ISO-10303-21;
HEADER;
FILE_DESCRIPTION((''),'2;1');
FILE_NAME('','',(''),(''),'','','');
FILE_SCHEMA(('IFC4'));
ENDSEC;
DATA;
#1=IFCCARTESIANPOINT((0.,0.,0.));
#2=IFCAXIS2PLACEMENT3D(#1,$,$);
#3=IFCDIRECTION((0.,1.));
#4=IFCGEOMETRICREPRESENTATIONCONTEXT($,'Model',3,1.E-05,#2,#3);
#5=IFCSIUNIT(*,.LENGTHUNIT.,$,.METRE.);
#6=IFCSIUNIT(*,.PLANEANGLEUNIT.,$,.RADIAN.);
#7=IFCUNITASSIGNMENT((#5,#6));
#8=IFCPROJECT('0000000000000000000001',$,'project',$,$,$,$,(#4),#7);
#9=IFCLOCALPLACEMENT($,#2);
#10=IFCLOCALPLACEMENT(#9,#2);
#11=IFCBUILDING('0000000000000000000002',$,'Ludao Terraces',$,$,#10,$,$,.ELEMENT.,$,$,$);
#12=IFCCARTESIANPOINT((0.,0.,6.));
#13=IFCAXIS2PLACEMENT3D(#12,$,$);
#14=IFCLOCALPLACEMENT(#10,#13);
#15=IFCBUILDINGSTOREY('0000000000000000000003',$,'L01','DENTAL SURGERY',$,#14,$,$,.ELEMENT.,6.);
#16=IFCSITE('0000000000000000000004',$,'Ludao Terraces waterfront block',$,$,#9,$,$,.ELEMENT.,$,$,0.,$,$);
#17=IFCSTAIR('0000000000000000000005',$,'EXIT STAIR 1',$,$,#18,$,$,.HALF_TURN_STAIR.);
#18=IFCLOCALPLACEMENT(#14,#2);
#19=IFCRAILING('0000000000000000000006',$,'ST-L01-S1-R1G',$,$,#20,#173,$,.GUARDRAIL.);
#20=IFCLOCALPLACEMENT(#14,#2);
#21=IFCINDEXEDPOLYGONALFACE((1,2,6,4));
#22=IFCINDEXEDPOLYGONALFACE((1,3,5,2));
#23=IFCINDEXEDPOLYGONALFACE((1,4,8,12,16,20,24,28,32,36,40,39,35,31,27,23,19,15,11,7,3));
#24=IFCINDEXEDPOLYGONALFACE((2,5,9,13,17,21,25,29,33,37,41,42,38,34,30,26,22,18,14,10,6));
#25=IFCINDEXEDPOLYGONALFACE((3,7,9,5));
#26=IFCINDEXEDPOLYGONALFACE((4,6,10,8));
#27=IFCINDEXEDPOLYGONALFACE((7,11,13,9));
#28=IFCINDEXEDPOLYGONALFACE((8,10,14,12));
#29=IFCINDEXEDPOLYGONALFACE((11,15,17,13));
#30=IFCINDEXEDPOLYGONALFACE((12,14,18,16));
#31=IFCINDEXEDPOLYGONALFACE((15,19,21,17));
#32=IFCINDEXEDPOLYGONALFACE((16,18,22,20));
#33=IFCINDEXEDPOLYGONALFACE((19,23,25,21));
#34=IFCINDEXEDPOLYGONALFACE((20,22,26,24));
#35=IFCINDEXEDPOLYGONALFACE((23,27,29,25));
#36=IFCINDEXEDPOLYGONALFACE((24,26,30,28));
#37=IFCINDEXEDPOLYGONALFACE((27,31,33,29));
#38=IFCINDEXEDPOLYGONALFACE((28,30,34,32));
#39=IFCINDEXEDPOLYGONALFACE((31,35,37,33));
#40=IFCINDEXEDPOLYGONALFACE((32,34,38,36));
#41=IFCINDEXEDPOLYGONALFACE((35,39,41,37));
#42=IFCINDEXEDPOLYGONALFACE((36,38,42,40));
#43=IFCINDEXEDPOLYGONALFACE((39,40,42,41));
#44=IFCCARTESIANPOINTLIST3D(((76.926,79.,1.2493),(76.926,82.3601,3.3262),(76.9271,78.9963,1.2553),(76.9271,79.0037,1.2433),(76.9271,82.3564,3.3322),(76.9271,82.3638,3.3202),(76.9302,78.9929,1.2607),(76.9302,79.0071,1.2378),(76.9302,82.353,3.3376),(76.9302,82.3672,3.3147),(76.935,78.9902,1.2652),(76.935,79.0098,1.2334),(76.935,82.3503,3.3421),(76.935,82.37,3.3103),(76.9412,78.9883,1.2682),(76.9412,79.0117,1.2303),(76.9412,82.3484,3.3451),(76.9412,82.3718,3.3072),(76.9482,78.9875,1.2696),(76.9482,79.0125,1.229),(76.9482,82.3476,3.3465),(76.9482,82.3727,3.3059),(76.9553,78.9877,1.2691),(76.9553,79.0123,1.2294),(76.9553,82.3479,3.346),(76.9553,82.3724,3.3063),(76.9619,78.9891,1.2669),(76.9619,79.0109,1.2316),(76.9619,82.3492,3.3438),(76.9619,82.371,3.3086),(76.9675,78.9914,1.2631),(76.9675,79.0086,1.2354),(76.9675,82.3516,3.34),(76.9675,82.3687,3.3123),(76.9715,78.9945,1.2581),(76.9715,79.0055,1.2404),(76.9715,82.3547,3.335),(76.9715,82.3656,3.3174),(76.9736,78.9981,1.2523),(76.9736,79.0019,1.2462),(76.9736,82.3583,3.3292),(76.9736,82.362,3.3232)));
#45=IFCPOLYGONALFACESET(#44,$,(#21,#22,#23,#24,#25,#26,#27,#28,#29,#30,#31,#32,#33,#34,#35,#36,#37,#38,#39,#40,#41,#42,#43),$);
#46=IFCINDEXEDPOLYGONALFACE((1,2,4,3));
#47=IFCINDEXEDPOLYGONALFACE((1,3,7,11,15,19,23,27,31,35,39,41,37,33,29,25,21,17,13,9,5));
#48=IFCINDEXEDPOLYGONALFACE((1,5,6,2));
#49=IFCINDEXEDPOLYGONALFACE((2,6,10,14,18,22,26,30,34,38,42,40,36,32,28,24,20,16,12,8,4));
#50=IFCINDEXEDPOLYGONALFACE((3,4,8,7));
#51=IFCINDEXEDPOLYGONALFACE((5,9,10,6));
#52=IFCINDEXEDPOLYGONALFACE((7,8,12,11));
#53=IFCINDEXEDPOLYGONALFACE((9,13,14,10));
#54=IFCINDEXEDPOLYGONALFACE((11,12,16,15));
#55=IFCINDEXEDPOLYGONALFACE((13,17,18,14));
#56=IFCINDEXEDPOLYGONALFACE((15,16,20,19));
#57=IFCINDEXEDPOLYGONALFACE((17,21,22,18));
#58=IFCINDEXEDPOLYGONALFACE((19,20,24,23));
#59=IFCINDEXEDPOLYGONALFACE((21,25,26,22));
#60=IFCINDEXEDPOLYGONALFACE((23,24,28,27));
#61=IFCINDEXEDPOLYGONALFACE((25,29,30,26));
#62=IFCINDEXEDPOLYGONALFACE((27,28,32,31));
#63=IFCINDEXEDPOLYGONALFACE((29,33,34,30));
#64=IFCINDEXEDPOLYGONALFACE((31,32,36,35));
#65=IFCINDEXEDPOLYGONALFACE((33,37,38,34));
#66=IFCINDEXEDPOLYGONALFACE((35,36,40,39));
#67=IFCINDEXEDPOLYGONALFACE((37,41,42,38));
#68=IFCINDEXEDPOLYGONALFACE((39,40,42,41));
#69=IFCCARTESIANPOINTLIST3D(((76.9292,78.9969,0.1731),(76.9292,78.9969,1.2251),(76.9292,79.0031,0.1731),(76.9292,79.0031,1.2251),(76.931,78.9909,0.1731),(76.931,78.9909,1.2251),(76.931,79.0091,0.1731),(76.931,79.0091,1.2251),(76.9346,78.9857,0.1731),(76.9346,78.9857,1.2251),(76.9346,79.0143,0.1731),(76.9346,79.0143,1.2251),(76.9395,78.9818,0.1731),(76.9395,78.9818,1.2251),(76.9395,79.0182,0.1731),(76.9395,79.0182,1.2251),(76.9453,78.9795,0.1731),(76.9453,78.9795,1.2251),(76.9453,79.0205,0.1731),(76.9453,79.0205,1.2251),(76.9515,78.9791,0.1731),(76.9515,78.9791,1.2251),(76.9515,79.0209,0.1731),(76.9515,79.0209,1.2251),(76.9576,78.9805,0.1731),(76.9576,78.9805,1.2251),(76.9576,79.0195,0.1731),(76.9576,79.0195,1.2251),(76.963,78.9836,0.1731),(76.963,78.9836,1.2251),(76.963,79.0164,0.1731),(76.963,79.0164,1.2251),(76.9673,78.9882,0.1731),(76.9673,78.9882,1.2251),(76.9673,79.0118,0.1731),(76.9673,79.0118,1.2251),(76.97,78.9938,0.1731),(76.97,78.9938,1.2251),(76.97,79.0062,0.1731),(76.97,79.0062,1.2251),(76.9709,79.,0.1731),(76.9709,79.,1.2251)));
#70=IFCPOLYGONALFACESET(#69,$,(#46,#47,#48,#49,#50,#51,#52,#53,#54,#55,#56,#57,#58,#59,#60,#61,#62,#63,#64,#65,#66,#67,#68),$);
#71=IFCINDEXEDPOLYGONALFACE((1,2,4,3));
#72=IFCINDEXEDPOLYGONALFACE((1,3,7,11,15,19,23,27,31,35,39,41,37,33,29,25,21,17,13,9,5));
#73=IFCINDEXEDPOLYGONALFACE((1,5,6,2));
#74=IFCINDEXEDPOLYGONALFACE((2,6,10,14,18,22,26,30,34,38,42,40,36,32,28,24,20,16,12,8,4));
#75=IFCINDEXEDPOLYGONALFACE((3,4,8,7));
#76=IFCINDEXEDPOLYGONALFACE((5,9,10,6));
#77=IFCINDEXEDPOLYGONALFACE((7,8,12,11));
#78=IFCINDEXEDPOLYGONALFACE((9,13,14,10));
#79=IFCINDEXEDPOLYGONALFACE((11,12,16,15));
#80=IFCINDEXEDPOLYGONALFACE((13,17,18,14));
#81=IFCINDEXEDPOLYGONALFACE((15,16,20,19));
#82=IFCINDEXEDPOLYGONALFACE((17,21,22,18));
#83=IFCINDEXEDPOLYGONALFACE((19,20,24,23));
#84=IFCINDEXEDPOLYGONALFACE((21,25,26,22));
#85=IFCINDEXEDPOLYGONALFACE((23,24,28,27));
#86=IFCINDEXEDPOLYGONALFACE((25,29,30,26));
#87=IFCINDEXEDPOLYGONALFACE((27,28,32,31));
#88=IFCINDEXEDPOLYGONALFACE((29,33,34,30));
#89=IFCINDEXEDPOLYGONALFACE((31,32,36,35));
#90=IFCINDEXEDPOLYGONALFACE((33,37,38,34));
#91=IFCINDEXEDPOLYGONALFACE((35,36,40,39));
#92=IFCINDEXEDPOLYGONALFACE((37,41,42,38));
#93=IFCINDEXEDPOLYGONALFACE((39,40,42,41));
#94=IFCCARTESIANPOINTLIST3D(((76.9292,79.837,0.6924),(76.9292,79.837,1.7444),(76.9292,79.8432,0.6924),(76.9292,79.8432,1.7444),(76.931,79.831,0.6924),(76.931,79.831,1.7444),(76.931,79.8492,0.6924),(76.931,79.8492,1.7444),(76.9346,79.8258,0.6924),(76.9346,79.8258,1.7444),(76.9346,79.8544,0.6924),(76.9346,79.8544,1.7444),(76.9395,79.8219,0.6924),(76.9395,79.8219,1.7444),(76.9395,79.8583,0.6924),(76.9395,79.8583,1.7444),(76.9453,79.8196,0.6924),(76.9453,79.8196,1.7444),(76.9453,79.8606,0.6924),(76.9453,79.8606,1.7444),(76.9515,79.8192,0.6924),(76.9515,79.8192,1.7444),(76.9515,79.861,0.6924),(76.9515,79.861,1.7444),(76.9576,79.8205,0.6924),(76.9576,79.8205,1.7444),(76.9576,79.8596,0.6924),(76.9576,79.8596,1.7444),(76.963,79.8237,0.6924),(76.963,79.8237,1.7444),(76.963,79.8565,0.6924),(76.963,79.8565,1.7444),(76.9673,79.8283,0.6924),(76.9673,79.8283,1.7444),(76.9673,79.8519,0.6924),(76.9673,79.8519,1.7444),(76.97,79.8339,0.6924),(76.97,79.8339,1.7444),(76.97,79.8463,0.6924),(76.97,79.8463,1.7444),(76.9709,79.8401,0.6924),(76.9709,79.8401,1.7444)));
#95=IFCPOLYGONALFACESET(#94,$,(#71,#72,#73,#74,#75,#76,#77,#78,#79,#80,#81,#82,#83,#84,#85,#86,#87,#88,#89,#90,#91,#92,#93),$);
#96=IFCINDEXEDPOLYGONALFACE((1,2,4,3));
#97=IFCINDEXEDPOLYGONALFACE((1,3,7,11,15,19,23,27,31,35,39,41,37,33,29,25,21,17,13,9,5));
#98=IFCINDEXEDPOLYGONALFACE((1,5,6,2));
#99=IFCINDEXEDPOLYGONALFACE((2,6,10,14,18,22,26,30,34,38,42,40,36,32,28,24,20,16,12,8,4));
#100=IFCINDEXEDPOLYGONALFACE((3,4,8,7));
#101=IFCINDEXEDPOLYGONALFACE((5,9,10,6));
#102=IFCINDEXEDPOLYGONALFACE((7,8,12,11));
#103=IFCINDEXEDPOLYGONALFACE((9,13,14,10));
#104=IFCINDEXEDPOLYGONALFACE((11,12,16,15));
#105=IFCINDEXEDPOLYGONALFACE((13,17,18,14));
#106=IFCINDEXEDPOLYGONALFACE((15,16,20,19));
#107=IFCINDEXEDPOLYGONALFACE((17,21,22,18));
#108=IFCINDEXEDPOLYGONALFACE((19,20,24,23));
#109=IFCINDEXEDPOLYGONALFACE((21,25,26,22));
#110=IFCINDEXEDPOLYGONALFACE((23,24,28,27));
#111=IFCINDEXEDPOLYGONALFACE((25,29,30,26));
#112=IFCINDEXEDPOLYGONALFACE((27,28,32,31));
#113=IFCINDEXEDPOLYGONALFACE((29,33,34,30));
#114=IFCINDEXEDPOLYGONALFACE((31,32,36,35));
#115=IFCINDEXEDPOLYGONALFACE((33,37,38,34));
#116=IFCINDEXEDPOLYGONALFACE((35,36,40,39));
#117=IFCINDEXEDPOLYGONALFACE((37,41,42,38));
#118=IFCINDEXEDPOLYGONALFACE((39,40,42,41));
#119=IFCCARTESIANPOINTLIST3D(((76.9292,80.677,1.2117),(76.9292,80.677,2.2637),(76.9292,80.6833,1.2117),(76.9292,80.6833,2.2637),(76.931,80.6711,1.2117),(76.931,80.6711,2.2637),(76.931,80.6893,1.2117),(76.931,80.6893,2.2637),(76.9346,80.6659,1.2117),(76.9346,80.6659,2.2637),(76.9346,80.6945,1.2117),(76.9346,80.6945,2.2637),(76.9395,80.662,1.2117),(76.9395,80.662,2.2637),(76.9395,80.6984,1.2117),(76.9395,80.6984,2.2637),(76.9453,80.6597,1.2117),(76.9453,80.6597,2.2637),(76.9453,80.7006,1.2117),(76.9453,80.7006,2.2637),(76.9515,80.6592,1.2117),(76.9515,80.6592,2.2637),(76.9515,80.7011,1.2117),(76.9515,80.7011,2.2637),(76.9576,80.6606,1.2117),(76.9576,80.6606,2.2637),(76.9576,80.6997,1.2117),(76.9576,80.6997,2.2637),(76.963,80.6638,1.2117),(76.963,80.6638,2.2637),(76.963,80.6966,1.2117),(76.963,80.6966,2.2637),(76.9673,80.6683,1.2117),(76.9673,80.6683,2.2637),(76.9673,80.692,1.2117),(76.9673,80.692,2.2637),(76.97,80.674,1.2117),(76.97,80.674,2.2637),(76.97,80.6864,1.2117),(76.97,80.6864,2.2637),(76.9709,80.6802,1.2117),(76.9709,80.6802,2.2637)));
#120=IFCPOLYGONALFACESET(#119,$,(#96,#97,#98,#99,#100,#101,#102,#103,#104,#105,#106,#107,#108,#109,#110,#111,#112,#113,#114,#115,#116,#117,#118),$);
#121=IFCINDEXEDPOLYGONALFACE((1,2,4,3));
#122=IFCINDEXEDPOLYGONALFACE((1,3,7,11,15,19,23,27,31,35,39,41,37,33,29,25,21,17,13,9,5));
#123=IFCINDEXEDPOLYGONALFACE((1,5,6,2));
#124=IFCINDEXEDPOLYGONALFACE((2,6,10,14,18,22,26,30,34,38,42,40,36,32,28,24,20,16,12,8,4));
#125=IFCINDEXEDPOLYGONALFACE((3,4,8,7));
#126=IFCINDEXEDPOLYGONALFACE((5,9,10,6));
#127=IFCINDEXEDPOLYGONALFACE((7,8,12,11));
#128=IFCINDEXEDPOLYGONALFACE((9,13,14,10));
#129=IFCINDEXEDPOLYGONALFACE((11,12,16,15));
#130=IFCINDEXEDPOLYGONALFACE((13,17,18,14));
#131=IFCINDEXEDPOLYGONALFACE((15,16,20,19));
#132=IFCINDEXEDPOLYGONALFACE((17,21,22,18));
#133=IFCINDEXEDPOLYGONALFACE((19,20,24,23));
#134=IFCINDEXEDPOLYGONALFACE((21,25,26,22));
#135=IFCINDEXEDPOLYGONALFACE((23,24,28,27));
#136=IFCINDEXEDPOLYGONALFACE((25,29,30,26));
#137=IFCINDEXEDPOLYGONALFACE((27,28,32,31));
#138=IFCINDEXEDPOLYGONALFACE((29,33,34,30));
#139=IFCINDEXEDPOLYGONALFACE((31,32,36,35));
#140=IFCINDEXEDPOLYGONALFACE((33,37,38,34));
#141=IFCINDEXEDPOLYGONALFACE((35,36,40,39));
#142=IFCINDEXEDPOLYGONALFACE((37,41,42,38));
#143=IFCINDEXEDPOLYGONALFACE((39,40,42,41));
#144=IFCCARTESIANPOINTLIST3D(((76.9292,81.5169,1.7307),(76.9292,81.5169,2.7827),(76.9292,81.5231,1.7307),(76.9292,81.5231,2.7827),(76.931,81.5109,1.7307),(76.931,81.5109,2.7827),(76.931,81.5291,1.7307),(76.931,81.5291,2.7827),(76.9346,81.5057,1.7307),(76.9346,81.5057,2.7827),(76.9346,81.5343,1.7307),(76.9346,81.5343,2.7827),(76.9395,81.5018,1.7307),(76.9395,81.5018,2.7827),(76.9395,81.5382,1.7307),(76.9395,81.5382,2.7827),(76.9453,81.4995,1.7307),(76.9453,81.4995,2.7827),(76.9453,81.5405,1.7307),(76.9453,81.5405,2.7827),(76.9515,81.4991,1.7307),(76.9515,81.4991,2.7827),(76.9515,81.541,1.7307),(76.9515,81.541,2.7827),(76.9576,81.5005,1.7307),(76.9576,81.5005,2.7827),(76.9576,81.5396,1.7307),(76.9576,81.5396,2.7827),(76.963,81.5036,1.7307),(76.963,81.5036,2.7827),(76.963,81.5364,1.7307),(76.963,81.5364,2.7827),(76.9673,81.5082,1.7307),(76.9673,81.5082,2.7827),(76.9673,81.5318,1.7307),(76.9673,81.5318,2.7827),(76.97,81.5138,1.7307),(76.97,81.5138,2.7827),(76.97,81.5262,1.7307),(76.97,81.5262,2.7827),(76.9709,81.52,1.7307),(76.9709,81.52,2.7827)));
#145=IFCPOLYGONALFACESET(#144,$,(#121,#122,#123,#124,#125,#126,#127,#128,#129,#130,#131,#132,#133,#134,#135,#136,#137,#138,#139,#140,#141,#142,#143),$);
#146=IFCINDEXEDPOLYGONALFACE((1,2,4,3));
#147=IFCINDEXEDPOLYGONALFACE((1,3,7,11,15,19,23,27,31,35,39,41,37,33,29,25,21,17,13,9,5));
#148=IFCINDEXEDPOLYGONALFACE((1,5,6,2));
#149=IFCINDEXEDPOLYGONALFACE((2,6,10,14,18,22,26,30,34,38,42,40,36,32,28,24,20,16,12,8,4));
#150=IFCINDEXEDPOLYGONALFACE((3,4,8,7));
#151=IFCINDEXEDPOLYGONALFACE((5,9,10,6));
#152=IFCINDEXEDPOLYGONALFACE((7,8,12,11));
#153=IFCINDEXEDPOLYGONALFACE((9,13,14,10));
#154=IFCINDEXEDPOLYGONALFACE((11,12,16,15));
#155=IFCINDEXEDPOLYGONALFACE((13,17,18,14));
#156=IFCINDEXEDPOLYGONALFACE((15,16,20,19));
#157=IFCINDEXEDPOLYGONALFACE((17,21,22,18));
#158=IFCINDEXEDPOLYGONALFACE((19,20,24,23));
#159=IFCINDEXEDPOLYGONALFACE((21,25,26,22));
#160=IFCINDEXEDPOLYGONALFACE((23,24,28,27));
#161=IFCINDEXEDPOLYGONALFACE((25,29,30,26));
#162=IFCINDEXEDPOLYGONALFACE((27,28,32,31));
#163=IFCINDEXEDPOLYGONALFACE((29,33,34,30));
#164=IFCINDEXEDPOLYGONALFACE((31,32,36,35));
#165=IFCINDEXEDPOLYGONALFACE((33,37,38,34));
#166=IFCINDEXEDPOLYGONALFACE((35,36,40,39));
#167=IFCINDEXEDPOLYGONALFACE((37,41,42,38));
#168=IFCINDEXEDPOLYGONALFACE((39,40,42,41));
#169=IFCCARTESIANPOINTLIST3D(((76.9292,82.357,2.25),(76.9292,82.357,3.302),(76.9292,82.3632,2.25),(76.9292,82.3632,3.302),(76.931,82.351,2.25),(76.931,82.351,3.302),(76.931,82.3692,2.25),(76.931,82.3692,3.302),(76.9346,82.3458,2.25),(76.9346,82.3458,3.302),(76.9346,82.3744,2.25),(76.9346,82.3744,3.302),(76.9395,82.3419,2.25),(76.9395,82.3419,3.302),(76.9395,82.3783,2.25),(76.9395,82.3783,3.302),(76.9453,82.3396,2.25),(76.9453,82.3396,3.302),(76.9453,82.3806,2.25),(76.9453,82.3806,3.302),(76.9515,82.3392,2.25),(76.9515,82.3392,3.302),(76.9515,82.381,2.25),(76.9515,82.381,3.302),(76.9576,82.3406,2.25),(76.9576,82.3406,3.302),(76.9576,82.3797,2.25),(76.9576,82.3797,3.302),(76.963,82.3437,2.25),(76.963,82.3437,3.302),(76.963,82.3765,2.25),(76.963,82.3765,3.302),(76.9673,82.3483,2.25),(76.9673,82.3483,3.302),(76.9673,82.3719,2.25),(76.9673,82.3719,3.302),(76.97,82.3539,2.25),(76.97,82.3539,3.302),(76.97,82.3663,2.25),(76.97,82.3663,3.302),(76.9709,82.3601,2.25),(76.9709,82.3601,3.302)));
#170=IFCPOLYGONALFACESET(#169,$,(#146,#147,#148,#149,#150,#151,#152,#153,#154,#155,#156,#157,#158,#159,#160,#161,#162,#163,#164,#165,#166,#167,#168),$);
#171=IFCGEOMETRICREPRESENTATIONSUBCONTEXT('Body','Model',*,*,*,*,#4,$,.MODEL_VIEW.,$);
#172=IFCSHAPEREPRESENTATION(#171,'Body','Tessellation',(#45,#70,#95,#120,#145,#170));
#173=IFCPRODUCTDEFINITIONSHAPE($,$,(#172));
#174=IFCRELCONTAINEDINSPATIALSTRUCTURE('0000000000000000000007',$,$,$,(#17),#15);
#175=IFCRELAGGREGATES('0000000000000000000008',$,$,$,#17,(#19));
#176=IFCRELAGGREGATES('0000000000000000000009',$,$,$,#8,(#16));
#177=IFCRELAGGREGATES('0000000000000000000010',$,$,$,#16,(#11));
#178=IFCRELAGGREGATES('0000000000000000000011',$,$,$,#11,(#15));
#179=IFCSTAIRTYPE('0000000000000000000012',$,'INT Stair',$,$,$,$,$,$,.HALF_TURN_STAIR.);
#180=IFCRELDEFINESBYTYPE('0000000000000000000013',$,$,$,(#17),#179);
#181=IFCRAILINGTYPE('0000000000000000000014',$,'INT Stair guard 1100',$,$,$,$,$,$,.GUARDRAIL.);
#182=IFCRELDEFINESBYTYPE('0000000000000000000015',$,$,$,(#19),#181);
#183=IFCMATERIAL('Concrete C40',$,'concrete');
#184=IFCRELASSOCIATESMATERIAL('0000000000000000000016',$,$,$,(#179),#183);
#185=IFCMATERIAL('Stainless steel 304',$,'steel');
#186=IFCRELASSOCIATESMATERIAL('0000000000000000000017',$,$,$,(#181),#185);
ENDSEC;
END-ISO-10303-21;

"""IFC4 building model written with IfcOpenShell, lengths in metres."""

from ifc_helpers import new_model, si_unit, direction, frame, origin, origin_2d, place, context, subcontext, project, spatial, circle, extrude, material, type_object, element, aggregate, save


model = new_model("IFC4")

# Units and contexts
model_context = context("Model", 3, precision=1e-05, world=origin(), true_north=direction((0.0, 1.0)))
body_context = subcontext(model_context, "Body", "Model", "MODEL_VIEW")
ifc_project = project(units=[si_unit("LENGTHUNIT", "METRE"), si_unit("PLANEANGLEUNIT", "RADIAN")], contexts=[model_context])

# Site, building, storey
site_placement = place(None, origin())
site = spatial("IfcSite", under=ifc_project, at=site_placement, Name="Ludao Terraces waterfront block", CompositionType="ELEMENT", RefElevation=0.0)
building_placement = place(site_placement, origin())
building = spatial("IfcBuilding", under=site, at=building_placement, Name="Ludao Terraces", CompositionType="ELEMENT")
storey_placement = place(building_placement, frame((0.0, 0.0, 6.0)))
storey = spatial("IfcBuildingStorey", under=building, at=storey_placement, Name="L01", Description="DENTAL SURGERY", CompositionType="ELEMENT", Elevation=6.0)

# Shared definitions
ifc_material_1 = material(Name="Concrete C40", Category="concrete")

# Stair, railing
stair_type = type_object("IfcStairType", Name="INT Stair", PredefinedType="HALF_TURN_STAIR", material=ifc_material_1)
stair_placement = place(storey_placement, origin())
stair = element("IfcStair", 1, at=stair_placement, inside=storey, type_object=stair_type, Name="EXIT STAIR 1", PredefinedType="HALF_TURN_STAIR")
ifc_material_2 = material(Name="Stainless steel 304", Category="steel")
railing_type_1 = type_object("IfcRailingType", Name="INT Stair guard 1100", PredefinedType="GUARDRAIL", material=ifc_material_2)
railing_1_placement = place(storey_placement, frame((76.95, 79.0, 0.1731)))
railing_1 = element("IfcRailing", 2, at=railing_1_placement, type_object=railing_type_1, Name="ST-L01-S1-R1G", PredefinedType="GUARDRAIL", context=body_context, shape_type="SweptSolid", body=[
    extrude(circle(Radius=0.0239, at=origin_2d()), frame((0.0, 0.0, 1.0762), z_axis=(0.0, 0.850623, 0.525776), x_axis=(-1.0, 0.0, 0.0)), (0.0, 0.0, 1.0), 3.9502),
    extrude(circle(Radius=0.021, at=origin_2d()), origin(), (0.0, 0.0, 1.0), 1.052),
    extrude(circle(Radius=0.021, at=origin_2d()), frame((0.0, 0.8401, 0.5193)), (0.0, 0.0, 1.0), 1.052),
    extrude(circle(Radius=0.021, at=origin_2d()), frame((0.0, 1.6802, 1.0386)), (0.0, 0.0, 1.0), 1.052),
    extrude(circle(Radius=0.021, at=origin_2d()), frame((0.0, 2.52, 1.5576)), (0.0, 0.0, 1.0), 1.052),
    extrude(circle(Radius=0.021, at=origin_2d()), frame((0.0, 3.3601, 2.0769)), (0.0, 0.0, 1.0), 1.052),
])
aggregate(stair, [railing_1])

save(model, "model.ifc")
